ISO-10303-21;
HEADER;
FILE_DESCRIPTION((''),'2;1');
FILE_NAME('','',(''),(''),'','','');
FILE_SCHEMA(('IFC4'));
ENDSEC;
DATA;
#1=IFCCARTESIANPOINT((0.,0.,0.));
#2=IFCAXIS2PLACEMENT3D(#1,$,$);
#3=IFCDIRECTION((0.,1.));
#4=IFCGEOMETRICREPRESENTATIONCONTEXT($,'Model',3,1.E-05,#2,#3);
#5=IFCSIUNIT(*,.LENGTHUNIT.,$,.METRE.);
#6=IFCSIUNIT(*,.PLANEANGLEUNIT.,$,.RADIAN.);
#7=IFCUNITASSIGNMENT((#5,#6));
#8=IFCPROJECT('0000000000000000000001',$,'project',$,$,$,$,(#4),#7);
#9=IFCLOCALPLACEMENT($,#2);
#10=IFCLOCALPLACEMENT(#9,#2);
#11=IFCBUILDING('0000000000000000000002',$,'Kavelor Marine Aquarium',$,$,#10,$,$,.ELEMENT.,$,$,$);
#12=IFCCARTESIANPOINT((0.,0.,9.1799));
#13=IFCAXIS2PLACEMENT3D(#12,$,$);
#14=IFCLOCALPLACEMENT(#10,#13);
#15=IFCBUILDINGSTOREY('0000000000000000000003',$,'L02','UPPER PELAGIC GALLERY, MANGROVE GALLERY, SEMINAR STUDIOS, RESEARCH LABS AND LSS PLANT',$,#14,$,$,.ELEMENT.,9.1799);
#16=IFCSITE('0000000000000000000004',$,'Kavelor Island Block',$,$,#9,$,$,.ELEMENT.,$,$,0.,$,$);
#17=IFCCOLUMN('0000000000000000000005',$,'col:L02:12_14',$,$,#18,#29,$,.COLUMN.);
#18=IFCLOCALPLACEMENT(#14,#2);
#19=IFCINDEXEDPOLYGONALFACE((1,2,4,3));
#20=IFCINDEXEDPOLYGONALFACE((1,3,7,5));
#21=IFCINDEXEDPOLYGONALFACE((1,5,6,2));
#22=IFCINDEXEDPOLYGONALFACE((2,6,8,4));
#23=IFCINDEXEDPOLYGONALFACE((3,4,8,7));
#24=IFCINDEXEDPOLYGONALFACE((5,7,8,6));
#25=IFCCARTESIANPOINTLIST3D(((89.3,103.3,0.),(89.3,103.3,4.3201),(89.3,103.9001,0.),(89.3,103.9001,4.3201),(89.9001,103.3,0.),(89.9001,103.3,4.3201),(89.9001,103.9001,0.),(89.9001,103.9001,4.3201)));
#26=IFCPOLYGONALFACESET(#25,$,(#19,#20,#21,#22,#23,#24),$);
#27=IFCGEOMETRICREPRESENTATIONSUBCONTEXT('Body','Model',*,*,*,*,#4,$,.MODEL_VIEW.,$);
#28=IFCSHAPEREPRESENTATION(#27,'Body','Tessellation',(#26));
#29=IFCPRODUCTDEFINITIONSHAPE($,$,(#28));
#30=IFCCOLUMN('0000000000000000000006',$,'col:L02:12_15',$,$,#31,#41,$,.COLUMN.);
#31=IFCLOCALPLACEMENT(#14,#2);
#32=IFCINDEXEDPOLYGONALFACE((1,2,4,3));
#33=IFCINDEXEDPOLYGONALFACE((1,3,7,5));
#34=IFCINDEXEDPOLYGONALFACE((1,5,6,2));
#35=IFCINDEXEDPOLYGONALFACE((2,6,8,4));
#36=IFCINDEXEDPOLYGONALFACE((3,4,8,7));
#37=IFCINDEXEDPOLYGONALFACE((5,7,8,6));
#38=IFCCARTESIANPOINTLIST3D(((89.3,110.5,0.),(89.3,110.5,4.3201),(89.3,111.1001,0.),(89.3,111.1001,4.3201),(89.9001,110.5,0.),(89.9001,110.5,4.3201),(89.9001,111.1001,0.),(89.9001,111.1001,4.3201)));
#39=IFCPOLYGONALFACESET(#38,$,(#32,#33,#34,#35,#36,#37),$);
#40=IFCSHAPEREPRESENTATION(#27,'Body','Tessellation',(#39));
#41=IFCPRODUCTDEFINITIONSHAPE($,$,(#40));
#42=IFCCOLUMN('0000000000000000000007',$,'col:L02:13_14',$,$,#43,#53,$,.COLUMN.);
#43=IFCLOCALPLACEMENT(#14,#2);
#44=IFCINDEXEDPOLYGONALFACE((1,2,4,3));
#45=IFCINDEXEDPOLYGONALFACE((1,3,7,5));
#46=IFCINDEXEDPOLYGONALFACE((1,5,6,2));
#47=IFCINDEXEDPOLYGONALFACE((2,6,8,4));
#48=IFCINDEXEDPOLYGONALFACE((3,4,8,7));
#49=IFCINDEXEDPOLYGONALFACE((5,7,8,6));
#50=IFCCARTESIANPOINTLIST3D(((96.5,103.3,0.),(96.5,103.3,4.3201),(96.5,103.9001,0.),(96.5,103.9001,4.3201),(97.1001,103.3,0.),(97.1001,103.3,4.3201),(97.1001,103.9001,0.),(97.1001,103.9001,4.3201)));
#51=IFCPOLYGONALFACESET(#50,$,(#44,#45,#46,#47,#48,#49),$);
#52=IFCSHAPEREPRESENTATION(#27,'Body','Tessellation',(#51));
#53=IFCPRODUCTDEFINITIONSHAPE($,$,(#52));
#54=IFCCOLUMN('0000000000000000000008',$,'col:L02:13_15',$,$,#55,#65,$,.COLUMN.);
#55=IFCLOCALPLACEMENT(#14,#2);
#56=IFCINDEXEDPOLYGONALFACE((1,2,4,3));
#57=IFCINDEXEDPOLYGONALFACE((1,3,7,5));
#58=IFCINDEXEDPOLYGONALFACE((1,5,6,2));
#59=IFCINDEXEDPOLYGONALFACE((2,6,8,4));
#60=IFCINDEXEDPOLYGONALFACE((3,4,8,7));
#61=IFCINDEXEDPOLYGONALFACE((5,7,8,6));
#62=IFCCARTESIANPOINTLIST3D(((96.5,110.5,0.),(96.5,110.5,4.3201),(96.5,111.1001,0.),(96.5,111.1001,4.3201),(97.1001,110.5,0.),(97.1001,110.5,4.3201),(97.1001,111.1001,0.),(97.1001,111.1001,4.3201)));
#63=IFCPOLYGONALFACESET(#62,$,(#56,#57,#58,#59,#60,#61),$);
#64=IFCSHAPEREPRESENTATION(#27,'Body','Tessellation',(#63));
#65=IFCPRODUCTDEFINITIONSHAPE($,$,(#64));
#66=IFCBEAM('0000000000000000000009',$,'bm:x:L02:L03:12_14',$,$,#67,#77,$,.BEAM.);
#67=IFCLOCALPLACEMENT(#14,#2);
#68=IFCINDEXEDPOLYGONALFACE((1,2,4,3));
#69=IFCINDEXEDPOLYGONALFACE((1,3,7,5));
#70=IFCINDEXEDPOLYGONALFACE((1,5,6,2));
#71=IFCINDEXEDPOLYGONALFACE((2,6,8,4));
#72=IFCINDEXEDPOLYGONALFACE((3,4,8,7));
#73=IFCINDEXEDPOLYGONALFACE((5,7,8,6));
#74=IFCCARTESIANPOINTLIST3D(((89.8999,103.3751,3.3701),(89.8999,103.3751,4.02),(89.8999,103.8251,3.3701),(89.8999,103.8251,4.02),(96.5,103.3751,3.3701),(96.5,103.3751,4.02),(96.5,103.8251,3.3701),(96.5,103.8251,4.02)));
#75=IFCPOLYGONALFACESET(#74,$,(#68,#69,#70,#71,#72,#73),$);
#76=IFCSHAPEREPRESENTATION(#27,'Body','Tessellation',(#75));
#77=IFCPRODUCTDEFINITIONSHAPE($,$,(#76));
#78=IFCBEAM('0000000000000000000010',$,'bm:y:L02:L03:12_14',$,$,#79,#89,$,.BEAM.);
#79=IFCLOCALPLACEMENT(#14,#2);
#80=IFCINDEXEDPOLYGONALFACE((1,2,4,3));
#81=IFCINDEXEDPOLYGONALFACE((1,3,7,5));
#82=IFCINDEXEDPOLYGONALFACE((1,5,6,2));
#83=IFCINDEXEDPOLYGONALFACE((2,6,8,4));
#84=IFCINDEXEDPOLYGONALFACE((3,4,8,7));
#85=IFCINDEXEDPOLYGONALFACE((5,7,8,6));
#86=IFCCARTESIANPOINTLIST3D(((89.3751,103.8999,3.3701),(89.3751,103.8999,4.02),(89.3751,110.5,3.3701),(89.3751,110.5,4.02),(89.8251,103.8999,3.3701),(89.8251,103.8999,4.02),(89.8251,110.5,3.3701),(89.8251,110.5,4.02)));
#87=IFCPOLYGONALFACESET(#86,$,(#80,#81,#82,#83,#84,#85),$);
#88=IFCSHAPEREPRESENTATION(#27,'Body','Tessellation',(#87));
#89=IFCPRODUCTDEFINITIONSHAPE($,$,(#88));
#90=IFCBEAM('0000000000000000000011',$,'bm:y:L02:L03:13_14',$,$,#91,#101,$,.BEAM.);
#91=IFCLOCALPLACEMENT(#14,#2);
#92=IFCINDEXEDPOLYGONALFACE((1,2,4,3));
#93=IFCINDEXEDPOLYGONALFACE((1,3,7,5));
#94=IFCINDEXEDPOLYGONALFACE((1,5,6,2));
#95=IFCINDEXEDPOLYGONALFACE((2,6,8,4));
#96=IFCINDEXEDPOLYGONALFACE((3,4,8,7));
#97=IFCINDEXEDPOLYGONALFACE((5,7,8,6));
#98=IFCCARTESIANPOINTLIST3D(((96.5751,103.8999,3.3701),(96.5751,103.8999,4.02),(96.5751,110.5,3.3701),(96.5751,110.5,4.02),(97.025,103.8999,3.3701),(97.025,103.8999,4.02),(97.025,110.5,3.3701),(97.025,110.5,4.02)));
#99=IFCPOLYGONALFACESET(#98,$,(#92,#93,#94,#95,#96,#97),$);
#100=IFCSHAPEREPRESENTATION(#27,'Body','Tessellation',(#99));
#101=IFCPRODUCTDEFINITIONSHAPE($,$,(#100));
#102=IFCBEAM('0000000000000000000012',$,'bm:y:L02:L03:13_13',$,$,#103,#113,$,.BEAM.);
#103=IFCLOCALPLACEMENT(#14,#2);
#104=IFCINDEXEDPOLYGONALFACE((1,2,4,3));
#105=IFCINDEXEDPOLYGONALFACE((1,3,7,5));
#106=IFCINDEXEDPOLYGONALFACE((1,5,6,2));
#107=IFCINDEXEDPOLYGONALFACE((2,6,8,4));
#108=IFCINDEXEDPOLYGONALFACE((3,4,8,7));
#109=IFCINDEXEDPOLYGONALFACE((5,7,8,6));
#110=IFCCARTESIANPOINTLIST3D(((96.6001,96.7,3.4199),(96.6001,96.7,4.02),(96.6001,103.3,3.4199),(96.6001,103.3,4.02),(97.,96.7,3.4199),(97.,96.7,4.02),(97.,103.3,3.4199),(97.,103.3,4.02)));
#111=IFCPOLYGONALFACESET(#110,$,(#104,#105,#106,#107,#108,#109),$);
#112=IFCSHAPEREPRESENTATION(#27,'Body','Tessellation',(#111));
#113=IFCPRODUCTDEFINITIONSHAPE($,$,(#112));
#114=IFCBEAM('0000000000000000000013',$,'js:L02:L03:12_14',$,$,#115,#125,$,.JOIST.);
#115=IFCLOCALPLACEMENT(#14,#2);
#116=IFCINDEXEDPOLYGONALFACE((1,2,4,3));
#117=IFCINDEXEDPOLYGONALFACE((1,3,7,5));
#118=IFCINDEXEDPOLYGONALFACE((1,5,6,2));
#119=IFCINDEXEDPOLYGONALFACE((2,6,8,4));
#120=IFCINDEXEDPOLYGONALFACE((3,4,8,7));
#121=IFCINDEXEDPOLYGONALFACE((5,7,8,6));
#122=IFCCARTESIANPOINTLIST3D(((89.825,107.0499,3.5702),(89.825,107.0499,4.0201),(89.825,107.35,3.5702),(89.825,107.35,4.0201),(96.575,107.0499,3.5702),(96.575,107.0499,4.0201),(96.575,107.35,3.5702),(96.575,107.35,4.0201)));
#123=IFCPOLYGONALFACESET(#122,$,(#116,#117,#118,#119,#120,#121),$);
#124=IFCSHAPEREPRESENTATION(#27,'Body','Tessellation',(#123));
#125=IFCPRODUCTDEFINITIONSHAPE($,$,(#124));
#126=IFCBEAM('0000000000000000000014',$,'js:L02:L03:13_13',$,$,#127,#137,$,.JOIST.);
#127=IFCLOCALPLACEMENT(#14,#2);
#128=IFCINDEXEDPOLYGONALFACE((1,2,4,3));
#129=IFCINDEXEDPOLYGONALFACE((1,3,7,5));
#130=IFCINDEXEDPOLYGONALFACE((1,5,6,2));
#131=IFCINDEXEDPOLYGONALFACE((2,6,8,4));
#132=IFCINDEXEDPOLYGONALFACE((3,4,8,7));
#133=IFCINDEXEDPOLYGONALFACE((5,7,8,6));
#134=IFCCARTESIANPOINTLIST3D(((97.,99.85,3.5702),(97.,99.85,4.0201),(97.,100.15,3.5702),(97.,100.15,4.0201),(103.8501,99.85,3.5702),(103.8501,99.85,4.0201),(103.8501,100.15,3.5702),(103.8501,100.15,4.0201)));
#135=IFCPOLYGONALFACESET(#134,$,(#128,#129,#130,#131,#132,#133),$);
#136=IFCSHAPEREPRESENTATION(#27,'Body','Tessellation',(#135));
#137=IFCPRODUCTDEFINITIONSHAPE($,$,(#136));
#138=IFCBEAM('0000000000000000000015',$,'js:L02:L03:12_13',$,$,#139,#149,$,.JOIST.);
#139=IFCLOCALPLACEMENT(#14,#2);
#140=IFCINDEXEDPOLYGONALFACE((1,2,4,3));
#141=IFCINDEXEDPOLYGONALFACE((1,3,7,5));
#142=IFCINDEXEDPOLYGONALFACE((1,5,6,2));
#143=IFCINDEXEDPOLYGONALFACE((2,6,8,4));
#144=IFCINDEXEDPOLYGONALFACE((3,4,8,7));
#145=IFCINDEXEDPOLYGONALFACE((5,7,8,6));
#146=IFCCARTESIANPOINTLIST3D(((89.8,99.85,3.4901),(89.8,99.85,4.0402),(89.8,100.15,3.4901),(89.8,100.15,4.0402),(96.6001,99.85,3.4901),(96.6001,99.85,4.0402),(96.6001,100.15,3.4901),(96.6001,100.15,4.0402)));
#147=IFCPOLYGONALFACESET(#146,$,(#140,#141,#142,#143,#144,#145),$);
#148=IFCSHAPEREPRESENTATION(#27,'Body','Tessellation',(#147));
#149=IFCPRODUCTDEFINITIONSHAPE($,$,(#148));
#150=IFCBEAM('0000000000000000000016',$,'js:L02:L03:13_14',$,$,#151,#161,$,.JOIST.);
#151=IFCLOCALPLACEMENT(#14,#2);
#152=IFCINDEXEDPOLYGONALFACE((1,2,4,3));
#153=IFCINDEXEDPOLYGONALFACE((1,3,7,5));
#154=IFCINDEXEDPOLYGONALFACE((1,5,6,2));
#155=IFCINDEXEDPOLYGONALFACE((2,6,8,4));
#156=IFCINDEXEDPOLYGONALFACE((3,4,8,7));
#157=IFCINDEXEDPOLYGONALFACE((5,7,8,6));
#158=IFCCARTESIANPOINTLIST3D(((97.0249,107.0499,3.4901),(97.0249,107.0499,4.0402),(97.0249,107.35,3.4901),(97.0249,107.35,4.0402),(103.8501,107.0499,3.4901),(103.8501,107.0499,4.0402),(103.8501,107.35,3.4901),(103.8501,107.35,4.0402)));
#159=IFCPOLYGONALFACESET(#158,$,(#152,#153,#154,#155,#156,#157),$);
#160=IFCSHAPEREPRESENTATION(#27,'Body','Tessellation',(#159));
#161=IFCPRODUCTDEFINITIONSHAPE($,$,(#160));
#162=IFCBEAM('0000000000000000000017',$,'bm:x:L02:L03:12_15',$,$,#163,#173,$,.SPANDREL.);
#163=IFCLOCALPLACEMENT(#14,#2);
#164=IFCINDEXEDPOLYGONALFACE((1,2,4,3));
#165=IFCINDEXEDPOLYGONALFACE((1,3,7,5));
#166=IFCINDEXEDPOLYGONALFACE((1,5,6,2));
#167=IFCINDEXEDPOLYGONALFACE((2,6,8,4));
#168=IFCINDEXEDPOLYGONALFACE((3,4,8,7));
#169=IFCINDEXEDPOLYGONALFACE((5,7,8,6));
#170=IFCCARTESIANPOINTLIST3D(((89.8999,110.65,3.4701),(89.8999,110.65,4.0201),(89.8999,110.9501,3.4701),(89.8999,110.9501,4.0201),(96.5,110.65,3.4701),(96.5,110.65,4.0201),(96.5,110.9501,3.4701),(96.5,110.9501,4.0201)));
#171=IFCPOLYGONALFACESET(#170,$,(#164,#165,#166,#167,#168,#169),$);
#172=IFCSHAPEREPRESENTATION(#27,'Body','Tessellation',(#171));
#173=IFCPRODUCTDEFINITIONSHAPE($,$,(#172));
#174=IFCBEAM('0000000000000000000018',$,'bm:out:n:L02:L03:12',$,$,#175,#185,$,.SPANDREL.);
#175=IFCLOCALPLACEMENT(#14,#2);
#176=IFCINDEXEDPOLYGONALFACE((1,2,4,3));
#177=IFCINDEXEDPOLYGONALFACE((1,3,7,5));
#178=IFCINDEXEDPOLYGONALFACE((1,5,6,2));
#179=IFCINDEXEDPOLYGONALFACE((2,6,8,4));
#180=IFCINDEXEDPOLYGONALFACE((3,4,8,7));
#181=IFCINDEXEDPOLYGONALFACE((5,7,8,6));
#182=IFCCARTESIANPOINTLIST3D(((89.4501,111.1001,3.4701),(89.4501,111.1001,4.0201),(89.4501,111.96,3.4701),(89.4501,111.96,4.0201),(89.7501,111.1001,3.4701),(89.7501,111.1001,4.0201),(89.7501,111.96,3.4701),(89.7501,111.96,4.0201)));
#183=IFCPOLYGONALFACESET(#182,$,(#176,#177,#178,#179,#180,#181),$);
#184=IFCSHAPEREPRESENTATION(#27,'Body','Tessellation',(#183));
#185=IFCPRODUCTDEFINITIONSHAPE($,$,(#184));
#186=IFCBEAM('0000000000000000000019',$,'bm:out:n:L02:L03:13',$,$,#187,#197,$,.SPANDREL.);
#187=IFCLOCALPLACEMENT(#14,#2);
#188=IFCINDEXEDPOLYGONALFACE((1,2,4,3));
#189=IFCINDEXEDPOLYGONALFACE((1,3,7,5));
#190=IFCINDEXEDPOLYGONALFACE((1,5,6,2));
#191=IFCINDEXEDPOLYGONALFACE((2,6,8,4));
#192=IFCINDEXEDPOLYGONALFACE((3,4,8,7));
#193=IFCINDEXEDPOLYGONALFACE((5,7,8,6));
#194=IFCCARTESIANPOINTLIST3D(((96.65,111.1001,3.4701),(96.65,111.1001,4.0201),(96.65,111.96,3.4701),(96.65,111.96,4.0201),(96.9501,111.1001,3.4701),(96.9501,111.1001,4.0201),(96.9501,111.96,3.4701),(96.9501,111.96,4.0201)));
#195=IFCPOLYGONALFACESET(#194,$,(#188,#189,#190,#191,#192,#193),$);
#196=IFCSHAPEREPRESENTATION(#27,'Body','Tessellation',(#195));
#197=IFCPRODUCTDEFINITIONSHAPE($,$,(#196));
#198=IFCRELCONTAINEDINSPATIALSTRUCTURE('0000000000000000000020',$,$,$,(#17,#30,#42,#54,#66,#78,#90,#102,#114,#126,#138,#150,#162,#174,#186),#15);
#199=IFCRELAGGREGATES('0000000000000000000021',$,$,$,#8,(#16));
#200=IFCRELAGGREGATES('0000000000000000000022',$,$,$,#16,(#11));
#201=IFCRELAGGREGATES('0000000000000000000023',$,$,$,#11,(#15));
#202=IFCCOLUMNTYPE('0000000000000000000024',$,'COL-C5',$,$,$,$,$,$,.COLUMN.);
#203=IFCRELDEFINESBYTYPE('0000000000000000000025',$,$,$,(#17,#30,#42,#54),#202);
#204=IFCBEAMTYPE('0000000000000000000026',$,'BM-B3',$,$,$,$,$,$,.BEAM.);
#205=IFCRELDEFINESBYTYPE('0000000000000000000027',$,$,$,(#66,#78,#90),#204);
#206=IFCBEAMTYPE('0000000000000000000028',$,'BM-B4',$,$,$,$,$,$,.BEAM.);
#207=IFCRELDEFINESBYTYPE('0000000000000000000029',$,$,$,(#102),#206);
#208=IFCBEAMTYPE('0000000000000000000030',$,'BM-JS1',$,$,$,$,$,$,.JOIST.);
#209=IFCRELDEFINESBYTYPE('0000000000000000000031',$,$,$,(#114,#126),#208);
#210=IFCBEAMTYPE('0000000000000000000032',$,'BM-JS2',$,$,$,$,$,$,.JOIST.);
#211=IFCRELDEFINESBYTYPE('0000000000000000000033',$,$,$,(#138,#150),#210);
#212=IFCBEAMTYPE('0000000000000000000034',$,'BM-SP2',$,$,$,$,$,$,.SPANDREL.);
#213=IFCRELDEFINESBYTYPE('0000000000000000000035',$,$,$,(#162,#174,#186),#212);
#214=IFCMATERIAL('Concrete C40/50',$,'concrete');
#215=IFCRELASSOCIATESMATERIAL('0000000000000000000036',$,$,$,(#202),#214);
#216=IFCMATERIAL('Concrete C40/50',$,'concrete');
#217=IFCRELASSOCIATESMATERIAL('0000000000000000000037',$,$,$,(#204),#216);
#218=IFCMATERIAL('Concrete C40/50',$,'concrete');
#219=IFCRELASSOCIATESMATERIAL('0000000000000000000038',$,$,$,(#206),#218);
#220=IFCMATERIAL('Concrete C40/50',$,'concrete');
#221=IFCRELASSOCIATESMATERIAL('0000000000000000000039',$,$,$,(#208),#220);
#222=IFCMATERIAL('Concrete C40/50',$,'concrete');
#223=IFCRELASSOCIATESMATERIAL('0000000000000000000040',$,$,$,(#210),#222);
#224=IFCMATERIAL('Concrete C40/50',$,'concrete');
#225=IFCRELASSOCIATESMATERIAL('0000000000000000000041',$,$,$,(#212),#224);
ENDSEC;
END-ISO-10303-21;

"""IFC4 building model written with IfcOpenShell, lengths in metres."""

from ifc_helpers import new_model, si_unit, direction, frame, origin, origin_2d, place, context, subcontext, project, spatial, rectangle, extrude, material, material_profile, profile_set, type_object, element, save


model = new_model("IFC4")

# Units and contexts
model_context = context("Model", 3, precision=1e-05, world=origin(), true_north=direction((0.0, 1.0)))
body_context = subcontext(model_context, "Body", "Model", "MODEL_VIEW")
ifc_project = project(units=[si_unit("LENGTHUNIT", "METRE"), si_unit("PLANEANGLEUNIT", "RADIAN")], contexts=[model_context])

# Site, building, storey
site_placement = place(None, origin())
site = spatial("IfcSite", under=ifc_project, at=site_placement, Name="Kavelor Island Block", CompositionType="ELEMENT", RefElevation=0.0)
building_placement = place(site_placement, origin())
building = spatial("IfcBuilding", under=site, at=building_placement, Name="Kavelor Marine Aquarium", CompositionType="ELEMENT")
storey_placement = place(building_placement, frame((0.0, 0.0, 9.1799)))
storey = spatial("IfcBuildingStorey", under=building, at=storey_placement, Name="L02", Description="UPPER PELAGIC GALLERY, MANGROVE GALLERY, SEMINAR STUDIOS, RESEARCH LABS AND LSS PLANT", CompositionType="ELEMENT", Elevation=9.1799)

# Columns
ifc_material_1 = material(Name="Concrete C40/50", Category="concrete")
ifc_material_profile_1 = material_profile(ifc_material_1, rectangle(XDim=0.6001, YDim=0.6001, at=origin_2d()), Name="RC-COL 600x600")
ifc_profile_set_1 = profile_set([ifc_material_profile_1], Name="Concrete C40/50")
column_type = type_object("IfcColumnType", Name="COL-C5", PredefinedType="COLUMN", material=ifc_profile_set_1)
for number, where, z_axis, x_axis, name in (
    (1, (89.6001, 103.6001, 0.0), (0.0, 0.0, 1.0), (1.0, 0.0, 0.0), "col:L02:12_14"),
    (2, (89.6001, 110.8, 0.0), (0.0, 0.0, 1.0), (1.0, 0.0, 0.0), "col:L02:12_15"),
    (3, (96.8, 103.6001, 0.0), (0.0, 0.0, 1.0), (1.0, 0.0, 0.0), "col:L02:13_14"),
    (4, (96.8, 110.8, 0.0), (0.0, 0.0, 1.0), (1.0, 0.0, 0.0), "col:L02:13_15"),
):
    element("IfcColumn", number, at=place(storey_placement, frame(where, z_axis=z_axis, x_axis=x_axis)), inside=storey, type_object=column_type, Name=name, PredefinedType="COLUMN", context=body_context, shape_type="SweptSolid", body=[
        extrude(rectangle(XDim=0.6001, YDim=0.6001, at=origin_2d()), origin(), (0.0, 0.0, 1.0), 4.3201),
    ])

# Beams
ifc_material_2 = material(Name="Concrete C40/50", Category="concrete")
ifc_material_profile_2 = material_profile(ifc_material_2, rectangle(XDim=0.45, YDim=0.6499, at=origin_2d()), Name="RC-BM 450x650")
ifc_profile_set_2 = profile_set([ifc_material_profile_2], Name="Concrete C40/50")
beam_type_1 = type_object("IfcBeamType", Name="BM-B3", PredefinedType="BEAM", material=ifc_profile_set_2)
for number, where, z_axis, x_axis, name in (
    (5, (89.8999, 103.6001, 3.6951), (1.0, 0.0, 0.0), (0.0, 1.0, 0.0), "bm:x:L02:L03:12_14"),
    (6, (89.6001, 103.8999, 3.6951), (0.0, 1.0, 0.0), (-1.0, 0.0, 0.0), "bm:y:L02:L03:12_14"),
    (7, (96.8, 103.8999, 3.6951), (0.0, 1.0, 0.0), (-1.0, 0.0, 0.0), "bm:y:L02:L03:13_14"),
):
    element("IfcBeam", number, at=place(storey_placement, frame(where, z_axis=z_axis, x_axis=x_axis)), inside=storey, type_object=beam_type_1, Name=name, PredefinedType="BEAM", context=body_context, shape_type="SweptSolid", body=[
        extrude(rectangle(XDim=0.45, YDim=0.6499, at=origin_2d()), origin(), (0.0, 0.0, 1.0), 6.6001),
    ])
ifc_material_3 = material(Name="Concrete C40/50", Category="concrete")
ifc_material_profile_3 = material_profile(ifc_material_3, rectangle(XDim=0.3999, YDim=0.6001, at=origin_2d()), Name="RC-BM 400x600")
ifc_profile_set_3 = profile_set([ifc_material_profile_3], Name="Concrete C40/50")
beam_type_2 = type_object("IfcBeamType", Name="BM-B4", PredefinedType="BEAM", material=ifc_profile_set_3)
beam_1_placement = place(storey_placement, frame((96.8, 96.7, 3.72), z_axis=(0.0, 1.0, 0.0), x_axis=(-1.0, 0.0, 0.0)))
element("IfcBeam", 8, at=beam_1_placement, inside=storey, type_object=beam_type_2, Name="bm:y:L02:L03:13_13", PredefinedType="BEAM", context=body_context, shape_type="SweptSolid", body=[
    extrude(rectangle(XDim=0.3999, YDim=0.6001, at=origin_2d()), origin(), (0.0, 0.0, 1.0), 6.6001),
])
ifc_material_4 = material(Name="Concrete C40/50", Category="concrete")
ifc_material_profile_4 = material_profile(ifc_material_4, rectangle(XDim=0.3, YDim=0.45, at=origin_2d()), Name="RC-JS 300x450")
ifc_profile_set_4 = profile_set([ifc_material_profile_4], Name="Concrete C40/50")
beam_type_3 = type_object("IfcBeamType", Name="BM-JS1", PredefinedType="JOIST", material=ifc_profile_set_4)
beam_2_placement = place(storey_placement, frame((89.825, 107.2, 3.7952), z_axis=(1.0, 0.0, 0.0), x_axis=(0.0, 1.0, 0.0)))
element("IfcBeam", 9, at=beam_2_placement, inside=storey, type_object=beam_type_3, Name="js:L02:L03:12_14", PredefinedType="JOIST", context=body_context, shape_type="SweptSolid", body=[
    extrude(rectangle(XDim=0.3, YDim=0.45, at=origin_2d()), origin(), (0.0, 0.0, 1.0), 6.75),
])
beam_3_placement = place(storey_placement, frame((97.0, 100.0, 3.7952), z_axis=(1.0, 0.0, 0.0), x_axis=(0.0, 1.0, 0.0)))
element("IfcBeam", 10, at=beam_3_placement, inside=storey, type_object=beam_type_3, Name="js:L02:L03:13_13", PredefinedType="JOIST", context=body_context, shape_type="SweptSolid", body=[
    extrude(rectangle(XDim=0.3, YDim=0.45, at=origin_2d()), origin(), (0.0, 0.0, 1.0), 6.8501),
])
ifc_material_5 = material(Name="Concrete C40/50", Category="concrete")
ifc_material_profile_5 = material_profile(ifc_material_5, rectangle(XDim=0.3, YDim=0.55, at=origin_2d()), Name="RC-JS 300x550")
ifc_profile_set_5 = profile_set([ifc_material_profile_5], Name="Concrete C40/50")
beam_type_4 = type_object("IfcBeamType", Name="BM-JS2", PredefinedType="JOIST", material=ifc_profile_set_5)
beam_4_placement = place(storey_placement, frame((89.8, 100.0, 3.7651), z_axis=(1.0, 0.0, 0.0), x_axis=(0.0, 1.0, 0.0)))
element("IfcBeam", 11, at=beam_4_placement, inside=storey, type_object=beam_type_4, Name="js:L02:L03:12_13", PredefinedType="JOIST", context=body_context, shape_type="SweptSolid", body=[
    extrude(rectangle(XDim=0.3, YDim=0.55, at=origin_2d()), origin(), (0.0, 0.0, 1.0), 6.8),
])
beam_5_placement = place(storey_placement, frame((97.0249, 107.2, 3.7651), z_axis=(1.0, 0.0, 0.0), x_axis=(0.0, 1.0, 0.0)))
element("IfcBeam", 12, at=beam_5_placement, inside=storey, type_object=beam_type_4, Name="js:L02:L03:13_14", PredefinedType="JOIST", context=body_context, shape_type="SweptSolid", body=[
    extrude(rectangle(XDim=0.3, YDim=0.55, at=origin_2d()), origin(), (0.0, 0.0, 1.0), 6.8252),
])
ifc_material_6 = material(Name="Concrete C40/50", Category="concrete")
ifc_material_profile_6 = material_profile(ifc_material_6, rectangle(XDim=0.3, YDim=0.55, at=origin_2d()), Name="RC-SP 300x550")
ifc_profile_set_6 = profile_set([ifc_material_profile_6], Name="Concrete C40/50")
beam_type_5 = type_object("IfcBeamType", Name="BM-SP2", PredefinedType="SPANDREL", material=ifc_profile_set_6)
beam_6_placement = place(storey_placement, frame((89.8999, 110.8, 3.7451), z_axis=(1.0, 0.0, 0.0), x_axis=(0.0, 1.0, 0.0)))
element("IfcBeam", 13, at=beam_6_placement, inside=storey, type_object=beam_type_5, Name="bm:x:L02:L03:12_15", PredefinedType="SPANDREL", context=body_context, shape_type="SweptSolid", body=[
    extrude(rectangle(XDim=0.3, YDim=0.55, at=origin_2d()), origin(), (0.0, 0.0, 1.0), 6.6001),
])
for number, where, z_axis, x_axis, name in (
    (14, (89.6001, 111.1001, 3.7451), (0.0, 1.0, 0.0), (-1.0, 0.0, 0.0), "bm:out:n:L02:L03:12"),
    (15, (96.8, 111.1001, 3.7451), (0.0, 1.0, 0.0), (-1.0, 0.0, 0.0), "bm:out:n:L02:L03:13"),
):
    element("IfcBeam", number, at=place(storey_placement, frame(where, z_axis=z_axis, x_axis=x_axis)), inside=storey, type_object=beam_type_5, Name=name, PredefinedType="SPANDREL", context=body_context, shape_type="SweptSolid", body=[
        extrude(rectangle(XDim=0.3, YDim=0.55, at=origin_2d()), origin(), (0.0, 0.0, 1.0), 0.8599),
    ])

save(model, "model.ifc")
